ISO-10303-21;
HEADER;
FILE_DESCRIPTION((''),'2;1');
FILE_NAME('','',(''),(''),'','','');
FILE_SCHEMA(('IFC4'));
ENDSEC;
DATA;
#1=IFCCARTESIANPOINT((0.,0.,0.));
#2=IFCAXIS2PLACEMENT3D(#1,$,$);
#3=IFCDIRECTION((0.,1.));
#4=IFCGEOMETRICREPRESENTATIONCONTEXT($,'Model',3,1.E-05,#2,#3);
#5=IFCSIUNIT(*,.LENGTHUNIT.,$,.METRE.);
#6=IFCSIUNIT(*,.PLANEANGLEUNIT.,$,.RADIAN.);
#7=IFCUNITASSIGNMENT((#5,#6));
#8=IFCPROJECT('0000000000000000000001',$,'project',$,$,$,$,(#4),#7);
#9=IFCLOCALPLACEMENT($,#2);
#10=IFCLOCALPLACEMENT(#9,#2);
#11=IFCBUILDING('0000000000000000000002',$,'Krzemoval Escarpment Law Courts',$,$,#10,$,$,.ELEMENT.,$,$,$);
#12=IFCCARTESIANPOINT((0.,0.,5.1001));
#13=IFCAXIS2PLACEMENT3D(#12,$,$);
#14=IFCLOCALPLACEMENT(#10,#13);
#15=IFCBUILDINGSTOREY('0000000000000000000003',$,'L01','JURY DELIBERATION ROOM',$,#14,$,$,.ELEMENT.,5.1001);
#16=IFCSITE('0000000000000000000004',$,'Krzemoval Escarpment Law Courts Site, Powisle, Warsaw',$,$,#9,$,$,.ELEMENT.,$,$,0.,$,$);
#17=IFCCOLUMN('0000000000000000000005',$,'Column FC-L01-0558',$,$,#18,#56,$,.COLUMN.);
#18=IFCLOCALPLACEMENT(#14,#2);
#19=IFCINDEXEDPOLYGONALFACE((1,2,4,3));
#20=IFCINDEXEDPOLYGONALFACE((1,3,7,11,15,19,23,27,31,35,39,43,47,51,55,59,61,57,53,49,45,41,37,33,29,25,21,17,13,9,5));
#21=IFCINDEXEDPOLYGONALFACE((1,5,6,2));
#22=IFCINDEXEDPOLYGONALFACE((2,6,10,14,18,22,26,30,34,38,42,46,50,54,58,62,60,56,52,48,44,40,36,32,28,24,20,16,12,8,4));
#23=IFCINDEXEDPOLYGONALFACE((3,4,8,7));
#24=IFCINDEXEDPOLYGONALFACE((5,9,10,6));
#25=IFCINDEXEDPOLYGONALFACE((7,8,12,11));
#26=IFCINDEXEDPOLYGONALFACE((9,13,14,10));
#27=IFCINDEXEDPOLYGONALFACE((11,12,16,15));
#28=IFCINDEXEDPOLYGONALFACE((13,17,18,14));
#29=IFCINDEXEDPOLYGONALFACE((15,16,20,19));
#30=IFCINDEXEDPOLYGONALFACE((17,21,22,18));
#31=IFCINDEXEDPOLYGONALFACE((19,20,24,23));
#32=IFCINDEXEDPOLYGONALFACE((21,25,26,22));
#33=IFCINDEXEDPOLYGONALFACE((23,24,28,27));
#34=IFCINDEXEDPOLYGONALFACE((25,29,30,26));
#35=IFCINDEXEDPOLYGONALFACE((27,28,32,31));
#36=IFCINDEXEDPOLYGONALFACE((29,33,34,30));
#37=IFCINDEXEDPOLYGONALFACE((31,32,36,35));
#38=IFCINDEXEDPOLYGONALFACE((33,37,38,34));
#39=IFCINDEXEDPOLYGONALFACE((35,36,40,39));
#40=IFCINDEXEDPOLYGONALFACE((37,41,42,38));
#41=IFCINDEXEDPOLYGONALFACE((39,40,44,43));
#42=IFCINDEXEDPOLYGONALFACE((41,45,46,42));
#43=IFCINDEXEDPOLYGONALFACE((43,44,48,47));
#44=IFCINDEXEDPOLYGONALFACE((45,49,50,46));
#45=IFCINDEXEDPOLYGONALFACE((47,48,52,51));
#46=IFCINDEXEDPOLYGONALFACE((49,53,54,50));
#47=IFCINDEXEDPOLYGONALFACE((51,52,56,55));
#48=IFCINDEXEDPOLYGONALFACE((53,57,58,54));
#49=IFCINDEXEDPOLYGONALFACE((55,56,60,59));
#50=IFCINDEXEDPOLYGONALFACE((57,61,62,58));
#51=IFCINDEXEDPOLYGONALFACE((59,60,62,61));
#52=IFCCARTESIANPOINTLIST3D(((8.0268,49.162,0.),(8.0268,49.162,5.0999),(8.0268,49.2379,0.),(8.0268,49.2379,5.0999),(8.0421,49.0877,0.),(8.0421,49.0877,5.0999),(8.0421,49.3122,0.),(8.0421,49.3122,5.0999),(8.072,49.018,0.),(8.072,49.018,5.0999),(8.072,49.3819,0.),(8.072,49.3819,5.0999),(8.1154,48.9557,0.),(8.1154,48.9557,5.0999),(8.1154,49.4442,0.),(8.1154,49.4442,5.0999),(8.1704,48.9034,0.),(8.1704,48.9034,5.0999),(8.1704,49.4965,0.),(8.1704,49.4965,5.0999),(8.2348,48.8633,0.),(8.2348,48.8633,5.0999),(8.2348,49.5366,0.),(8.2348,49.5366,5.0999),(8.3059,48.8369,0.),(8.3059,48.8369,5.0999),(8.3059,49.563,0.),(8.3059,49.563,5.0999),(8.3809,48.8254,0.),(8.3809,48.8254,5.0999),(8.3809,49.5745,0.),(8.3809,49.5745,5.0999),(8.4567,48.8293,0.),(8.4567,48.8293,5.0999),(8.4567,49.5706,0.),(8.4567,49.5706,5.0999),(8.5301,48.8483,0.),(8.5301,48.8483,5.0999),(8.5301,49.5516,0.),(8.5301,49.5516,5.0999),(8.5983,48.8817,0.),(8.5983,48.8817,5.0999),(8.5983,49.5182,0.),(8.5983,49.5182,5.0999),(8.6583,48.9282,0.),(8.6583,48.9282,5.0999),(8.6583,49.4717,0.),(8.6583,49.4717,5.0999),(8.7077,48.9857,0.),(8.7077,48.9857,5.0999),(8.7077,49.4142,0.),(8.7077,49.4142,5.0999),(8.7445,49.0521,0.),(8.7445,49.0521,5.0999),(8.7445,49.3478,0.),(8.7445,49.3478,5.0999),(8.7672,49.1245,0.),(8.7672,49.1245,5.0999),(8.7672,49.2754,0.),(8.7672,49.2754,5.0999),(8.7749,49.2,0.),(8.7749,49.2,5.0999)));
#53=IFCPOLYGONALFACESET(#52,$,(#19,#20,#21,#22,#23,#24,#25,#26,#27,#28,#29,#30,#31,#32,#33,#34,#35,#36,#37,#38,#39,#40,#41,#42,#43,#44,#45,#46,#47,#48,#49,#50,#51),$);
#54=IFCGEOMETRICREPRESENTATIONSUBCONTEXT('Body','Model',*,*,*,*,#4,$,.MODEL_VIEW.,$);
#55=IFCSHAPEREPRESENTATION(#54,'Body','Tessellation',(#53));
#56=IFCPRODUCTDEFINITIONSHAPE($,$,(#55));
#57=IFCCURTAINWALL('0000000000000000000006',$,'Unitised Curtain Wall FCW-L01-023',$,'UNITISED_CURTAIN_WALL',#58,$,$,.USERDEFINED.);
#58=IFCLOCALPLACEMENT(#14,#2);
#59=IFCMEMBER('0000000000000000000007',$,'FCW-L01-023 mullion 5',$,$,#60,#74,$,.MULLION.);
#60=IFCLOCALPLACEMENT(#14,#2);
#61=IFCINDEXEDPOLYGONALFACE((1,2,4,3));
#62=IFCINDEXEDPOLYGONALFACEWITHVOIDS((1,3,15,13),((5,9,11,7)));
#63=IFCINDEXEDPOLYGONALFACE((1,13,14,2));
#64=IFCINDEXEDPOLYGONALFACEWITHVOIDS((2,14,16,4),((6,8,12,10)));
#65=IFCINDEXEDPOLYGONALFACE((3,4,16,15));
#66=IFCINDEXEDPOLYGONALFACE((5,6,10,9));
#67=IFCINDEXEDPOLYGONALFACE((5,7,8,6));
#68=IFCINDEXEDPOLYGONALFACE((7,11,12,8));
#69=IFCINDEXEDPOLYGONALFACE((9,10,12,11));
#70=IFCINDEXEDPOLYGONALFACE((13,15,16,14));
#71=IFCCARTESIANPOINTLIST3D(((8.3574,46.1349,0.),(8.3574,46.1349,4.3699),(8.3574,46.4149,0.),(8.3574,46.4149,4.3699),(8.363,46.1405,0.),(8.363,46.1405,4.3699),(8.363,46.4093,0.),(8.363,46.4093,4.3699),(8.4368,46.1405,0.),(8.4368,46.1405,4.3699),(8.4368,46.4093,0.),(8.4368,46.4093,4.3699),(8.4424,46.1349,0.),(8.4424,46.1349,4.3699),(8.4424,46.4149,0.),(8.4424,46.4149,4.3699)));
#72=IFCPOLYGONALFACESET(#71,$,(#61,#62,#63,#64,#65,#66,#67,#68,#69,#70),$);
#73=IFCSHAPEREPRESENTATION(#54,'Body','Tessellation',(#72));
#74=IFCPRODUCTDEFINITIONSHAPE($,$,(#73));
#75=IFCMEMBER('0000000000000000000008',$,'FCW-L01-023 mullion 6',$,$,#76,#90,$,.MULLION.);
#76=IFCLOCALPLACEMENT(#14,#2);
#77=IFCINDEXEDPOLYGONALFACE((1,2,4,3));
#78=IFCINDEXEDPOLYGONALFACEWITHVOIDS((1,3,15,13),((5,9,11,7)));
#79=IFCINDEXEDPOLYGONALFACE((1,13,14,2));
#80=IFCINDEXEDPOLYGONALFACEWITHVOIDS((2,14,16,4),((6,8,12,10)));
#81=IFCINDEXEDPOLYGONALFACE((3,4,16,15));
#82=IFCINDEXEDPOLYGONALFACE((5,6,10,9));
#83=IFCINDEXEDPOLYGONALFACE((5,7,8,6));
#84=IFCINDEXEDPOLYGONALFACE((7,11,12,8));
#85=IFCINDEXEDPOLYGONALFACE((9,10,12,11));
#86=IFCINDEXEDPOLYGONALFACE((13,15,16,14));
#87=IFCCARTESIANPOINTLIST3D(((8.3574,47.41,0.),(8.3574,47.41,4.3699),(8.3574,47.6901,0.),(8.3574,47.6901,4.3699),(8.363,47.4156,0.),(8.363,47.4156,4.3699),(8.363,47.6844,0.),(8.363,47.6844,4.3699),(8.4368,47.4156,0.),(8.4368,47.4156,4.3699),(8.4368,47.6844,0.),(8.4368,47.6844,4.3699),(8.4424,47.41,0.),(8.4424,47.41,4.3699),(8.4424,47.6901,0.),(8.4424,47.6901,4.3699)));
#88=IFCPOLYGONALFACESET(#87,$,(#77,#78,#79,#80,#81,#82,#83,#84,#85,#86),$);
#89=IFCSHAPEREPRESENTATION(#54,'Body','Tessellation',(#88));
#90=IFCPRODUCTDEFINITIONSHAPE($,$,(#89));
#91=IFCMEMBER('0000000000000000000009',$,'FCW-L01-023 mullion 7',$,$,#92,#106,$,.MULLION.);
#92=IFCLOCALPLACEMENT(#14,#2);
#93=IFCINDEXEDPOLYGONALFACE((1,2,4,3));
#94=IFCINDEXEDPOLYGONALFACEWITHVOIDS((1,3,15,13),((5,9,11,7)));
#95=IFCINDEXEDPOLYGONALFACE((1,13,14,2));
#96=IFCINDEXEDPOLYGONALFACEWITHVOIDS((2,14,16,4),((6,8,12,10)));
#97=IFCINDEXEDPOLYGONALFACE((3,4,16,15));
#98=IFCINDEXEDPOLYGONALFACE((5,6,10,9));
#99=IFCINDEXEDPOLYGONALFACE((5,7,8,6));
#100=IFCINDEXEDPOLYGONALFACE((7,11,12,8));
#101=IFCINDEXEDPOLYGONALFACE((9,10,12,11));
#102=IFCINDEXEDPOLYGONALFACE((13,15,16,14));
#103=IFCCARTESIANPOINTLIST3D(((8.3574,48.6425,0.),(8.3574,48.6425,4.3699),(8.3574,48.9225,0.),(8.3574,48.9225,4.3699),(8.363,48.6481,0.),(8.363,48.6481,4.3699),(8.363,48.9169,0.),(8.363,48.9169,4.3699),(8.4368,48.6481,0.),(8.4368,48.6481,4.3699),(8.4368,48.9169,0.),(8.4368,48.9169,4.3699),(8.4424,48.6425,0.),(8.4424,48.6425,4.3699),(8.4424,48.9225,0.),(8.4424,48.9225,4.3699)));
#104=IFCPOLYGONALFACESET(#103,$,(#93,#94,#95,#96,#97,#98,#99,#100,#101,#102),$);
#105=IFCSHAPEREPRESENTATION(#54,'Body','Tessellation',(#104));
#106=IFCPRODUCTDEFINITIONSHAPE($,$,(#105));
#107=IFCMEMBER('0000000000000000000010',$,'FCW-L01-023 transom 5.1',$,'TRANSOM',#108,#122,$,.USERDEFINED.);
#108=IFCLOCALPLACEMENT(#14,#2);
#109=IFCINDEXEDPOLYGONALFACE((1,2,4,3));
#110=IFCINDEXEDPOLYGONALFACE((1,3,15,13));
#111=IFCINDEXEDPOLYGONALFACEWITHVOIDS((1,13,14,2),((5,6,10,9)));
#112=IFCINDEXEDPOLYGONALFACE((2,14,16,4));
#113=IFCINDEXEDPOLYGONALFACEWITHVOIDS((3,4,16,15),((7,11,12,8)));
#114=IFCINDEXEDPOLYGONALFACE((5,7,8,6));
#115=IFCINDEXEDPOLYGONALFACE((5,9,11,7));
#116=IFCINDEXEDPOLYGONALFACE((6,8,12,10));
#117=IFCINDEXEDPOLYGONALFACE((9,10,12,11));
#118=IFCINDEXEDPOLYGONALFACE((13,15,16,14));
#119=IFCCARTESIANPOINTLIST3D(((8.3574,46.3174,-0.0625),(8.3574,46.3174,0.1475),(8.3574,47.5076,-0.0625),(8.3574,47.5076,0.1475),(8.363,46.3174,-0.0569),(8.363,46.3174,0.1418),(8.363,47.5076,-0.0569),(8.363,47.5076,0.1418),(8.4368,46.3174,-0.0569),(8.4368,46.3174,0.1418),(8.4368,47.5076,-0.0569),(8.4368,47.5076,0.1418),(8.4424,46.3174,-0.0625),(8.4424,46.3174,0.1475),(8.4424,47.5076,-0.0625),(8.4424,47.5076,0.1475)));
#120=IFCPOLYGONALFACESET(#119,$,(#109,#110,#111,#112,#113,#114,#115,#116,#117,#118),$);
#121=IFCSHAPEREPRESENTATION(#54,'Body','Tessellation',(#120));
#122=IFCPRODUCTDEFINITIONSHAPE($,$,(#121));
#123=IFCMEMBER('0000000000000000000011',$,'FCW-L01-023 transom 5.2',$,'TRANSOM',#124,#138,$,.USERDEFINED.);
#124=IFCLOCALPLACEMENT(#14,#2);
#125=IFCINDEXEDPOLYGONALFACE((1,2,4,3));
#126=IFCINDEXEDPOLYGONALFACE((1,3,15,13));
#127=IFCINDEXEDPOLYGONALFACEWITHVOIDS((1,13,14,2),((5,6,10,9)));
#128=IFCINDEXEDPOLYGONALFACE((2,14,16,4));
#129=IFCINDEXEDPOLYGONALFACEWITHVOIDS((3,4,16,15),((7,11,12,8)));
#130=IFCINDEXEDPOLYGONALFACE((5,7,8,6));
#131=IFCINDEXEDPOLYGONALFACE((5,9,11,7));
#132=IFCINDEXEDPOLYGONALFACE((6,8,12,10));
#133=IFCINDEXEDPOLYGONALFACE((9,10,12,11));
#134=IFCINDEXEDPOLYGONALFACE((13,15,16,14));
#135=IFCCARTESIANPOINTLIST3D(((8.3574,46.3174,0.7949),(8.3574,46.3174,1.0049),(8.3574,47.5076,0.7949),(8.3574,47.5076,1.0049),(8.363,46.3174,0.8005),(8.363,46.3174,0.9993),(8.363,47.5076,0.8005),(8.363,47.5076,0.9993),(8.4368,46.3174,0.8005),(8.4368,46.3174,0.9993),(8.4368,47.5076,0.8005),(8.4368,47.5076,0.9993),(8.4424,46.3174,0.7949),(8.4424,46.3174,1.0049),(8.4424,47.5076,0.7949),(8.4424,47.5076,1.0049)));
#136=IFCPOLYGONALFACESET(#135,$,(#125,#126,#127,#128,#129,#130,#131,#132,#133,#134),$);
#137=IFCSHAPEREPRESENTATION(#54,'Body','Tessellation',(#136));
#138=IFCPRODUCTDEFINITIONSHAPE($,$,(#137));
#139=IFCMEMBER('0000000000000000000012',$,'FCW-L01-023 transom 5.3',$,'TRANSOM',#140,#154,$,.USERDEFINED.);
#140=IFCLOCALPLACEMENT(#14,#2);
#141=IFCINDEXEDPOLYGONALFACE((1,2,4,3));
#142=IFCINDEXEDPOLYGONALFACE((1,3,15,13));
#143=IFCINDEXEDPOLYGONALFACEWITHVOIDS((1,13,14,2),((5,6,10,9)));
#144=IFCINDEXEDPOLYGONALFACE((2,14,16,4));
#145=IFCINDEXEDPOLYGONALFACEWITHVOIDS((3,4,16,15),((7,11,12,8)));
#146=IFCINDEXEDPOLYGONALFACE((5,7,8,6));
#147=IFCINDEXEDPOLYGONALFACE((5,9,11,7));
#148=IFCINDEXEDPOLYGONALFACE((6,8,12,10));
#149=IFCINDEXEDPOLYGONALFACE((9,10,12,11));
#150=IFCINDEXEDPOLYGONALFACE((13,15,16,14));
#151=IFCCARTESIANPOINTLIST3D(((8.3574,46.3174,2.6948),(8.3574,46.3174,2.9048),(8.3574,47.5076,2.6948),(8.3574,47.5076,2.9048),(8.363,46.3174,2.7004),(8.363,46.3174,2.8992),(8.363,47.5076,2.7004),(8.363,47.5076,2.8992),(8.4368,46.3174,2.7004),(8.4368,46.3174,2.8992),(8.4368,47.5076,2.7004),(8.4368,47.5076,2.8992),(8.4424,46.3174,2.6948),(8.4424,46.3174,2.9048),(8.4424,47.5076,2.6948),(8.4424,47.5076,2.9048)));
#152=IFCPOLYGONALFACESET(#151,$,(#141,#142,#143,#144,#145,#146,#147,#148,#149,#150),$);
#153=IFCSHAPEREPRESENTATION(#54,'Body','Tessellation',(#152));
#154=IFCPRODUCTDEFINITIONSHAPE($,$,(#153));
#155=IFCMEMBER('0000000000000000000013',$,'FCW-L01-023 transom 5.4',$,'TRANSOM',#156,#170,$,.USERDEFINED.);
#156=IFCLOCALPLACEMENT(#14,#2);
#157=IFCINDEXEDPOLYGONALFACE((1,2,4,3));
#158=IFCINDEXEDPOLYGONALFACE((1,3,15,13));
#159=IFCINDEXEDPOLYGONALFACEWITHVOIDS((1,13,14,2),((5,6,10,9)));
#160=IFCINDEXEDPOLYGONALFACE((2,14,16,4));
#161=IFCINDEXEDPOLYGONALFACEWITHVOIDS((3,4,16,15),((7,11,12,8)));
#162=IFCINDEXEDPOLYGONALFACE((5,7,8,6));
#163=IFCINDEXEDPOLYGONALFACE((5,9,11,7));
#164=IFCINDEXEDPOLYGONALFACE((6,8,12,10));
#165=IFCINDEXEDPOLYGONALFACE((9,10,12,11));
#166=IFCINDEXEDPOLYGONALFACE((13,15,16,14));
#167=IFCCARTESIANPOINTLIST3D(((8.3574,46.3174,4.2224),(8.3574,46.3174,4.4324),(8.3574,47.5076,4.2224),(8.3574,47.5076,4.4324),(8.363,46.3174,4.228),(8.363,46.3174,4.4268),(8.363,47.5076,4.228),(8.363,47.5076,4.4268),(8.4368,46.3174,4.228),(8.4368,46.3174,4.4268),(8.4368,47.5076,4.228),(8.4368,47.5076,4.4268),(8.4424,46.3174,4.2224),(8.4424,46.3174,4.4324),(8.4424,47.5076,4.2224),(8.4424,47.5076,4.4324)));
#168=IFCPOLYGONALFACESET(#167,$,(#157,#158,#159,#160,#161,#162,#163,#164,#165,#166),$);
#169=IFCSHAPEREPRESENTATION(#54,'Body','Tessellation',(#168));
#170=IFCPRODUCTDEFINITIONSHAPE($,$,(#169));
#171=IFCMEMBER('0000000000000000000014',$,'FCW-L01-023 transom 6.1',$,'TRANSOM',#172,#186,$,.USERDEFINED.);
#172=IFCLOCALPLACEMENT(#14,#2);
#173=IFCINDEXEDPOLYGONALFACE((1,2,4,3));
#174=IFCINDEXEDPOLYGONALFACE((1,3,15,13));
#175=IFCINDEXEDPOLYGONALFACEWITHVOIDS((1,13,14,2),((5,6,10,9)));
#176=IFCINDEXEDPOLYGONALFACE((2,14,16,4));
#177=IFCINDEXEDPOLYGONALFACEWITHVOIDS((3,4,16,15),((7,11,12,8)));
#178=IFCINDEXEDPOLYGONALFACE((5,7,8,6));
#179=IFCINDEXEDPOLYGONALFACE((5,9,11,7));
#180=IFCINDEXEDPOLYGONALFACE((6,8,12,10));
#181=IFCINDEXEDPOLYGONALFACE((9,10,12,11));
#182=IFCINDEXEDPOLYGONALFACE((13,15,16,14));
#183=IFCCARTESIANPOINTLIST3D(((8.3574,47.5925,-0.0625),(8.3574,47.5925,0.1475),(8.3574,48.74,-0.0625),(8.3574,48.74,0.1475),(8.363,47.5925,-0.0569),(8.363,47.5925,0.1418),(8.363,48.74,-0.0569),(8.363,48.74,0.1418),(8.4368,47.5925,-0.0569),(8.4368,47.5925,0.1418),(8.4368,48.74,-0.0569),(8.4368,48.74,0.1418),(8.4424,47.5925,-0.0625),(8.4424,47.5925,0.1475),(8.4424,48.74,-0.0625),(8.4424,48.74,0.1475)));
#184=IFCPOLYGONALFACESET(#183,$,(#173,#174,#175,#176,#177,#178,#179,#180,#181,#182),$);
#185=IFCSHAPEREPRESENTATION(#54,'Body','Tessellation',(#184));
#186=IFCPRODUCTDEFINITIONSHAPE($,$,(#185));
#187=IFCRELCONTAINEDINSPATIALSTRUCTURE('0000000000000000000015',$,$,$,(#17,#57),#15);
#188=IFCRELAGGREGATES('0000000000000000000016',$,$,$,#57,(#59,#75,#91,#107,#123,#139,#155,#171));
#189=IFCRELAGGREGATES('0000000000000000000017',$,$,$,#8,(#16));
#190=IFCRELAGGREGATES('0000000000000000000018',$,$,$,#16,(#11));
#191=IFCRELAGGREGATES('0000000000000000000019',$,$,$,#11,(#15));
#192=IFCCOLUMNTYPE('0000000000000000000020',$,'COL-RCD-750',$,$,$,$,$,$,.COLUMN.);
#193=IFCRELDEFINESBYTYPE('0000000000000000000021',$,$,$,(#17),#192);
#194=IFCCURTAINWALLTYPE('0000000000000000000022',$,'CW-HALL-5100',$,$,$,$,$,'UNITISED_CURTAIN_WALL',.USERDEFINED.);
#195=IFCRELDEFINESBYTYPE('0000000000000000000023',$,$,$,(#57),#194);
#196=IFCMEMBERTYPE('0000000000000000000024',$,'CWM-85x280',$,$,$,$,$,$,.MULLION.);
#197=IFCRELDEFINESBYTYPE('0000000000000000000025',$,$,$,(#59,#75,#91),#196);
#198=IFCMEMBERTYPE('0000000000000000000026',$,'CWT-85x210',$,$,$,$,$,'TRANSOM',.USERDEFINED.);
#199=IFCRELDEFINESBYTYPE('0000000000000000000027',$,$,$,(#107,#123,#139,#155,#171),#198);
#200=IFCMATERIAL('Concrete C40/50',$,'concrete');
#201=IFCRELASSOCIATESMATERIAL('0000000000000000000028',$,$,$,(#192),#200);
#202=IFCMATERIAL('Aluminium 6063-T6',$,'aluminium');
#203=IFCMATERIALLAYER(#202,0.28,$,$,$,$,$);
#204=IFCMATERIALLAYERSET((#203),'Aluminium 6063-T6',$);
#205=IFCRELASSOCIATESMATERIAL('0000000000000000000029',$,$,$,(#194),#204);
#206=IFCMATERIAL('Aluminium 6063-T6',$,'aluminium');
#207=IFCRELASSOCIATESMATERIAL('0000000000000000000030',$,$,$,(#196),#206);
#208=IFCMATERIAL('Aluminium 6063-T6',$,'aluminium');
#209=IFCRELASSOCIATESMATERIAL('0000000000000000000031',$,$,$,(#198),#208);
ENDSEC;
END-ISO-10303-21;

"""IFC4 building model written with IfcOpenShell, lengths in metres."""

from ifc_helpers import new_model, si_unit, direction, frame, origin, origin_2d, place, context, subcontext, project, spatial, hollow_rectangle, circle, extrude, material, layer, layer_set, material_profile, profile_set, type_object, element, aggregate, save


model = new_model("IFC4")

# Units and contexts
model_context = context("Model", 3, precision=1e-05, world=origin(), true_north=direction((0.0, 1.0)))
body_context = subcontext(model_context, "Body", "Model", "MODEL_VIEW")
ifc_project = project(units=[si_unit("LENGTHUNIT", "METRE"), si_unit("PLANEANGLEUNIT", "RADIAN")], contexts=[model_context])

# Site, building, storey
site_placement = place(None, origin())
site = spatial("IfcSite", under=ifc_project, at=site_placement, Name="Krzemoval Escarpment Law Courts Site, Powisle, Warsaw", CompositionType="ELEMENT", RefElevation=0.0)
building_placement = place(site_placement, origin())
building = spatial("IfcBuilding", under=site, at=building_placement, Name="Krzemoval Escarpment Law Courts", CompositionType="ELEMENT")
storey_placement = place(building_placement, frame((0.0, 0.0, 5.1001)))
storey = spatial("IfcBuildingStorey", under=building, at=storey_placement, Name="L01", Description="JURY DELIBERATION ROOM", CompositionType="ELEMENT", Elevation=5.1001)

# Column
ifc_material_1 = material(Name="Concrete C40/50", Category="concrete")
ifc_material_profile_1 = material_profile(ifc_material_1, circle(Radius=0.375, at=origin_2d()), Name="RC D750")
ifc_profile_set_1 = profile_set([ifc_material_profile_1], Name="Concrete C40/50")
column_type = type_object("IfcColumnType", Name="COL-RCD-750", PredefinedType="COLUMN", material=ifc_profile_set_1)
column_placement = place(storey_placement, frame((8.3999, 49.2, 0.0), z_axis=(0.0, 0.0, 1.0), x_axis=(1.0, 0.0, 0.0)))
element("IfcColumn", 1, at=column_placement, inside=storey, type_object=column_type, Name="Column FC-L01-0558", PredefinedType="COLUMN", context=body_context, shape_type="SweptSolid", body=[
    extrude(circle(Radius=0.375, at=origin_2d()), origin(), (0.0, 0.0, 1.0), 5.0999),
])

# Curtain wall, members
ifc_material_2 = material(Name="Aluminium 6063-T6", Category="aluminium")
ifc_layer_1 = layer(ifc_material_2, 0.28)
ifc_layer_set_1 = layer_set([ifc_layer_1], Name="Aluminium 6063-T6")
curtain_wall_type = type_object("IfcCurtainWallType", Name="CW-HALL-5100", ElementType="UNITISED_CURTAIN_WALL", PredefinedType="USERDEFINED", material=ifc_layer_set_1)
curtain_wall_placement = place(storey_placement, origin())
curtain_wall = element("IfcCurtainWall", 2, at=curtain_wall_placement, inside=storey, type_object=curtain_wall_type, Name="Unitised Curtain Wall FCW-L01-023", ObjectType="UNITISED_CURTAIN_WALL", PredefinedType="USERDEFINED")
ifc_material_3 = material(Name="Aluminium 6063-T6", Category="aluminium")
ifc_material_profile_2 = material_profile(ifc_material_3, hollow_rectangle(XDim=0.085, YDim=0.28, WallThickness=0.0056, at=origin_2d()), Name="ALU M85x280")
ifc_profile_set_2 = profile_set([ifc_material_profile_2], Name="Aluminium 6063-T6")
member_type_1 = type_object("IfcMemberType", Name="CWM-85x280", PredefinedType="MULLION", material=ifc_profile_set_2)
member_1_placement = place(storey_placement, frame((8.3999, 46.2749, 0.0), z_axis=(0.0, 0.0, 1.0), x_axis=(-1.0, 0.0, 0.0)))
member_1 = element("IfcMember", 3, at=member_1_placement, type_object=member_type_1, Name="FCW-L01-023 mullion 5", PredefinedType="MULLION", context=body_context, shape_type="SweptSolid", body=[
    extrude(hollow_rectangle(XDim=0.085, YDim=0.28, WallThickness=0.0056, at=origin_2d()), origin(), (0.0, 0.0, 1.0), 4.3699),
])
member_2_placement = place(storey_placement, frame((8.3999, 47.55, 0.0), z_axis=(0.0, 0.0, 1.0), x_axis=(-1.0, 0.0, 0.0)))
member_2 = element("IfcMember", 4, at=member_2_placement, type_object=member_type_1, Name="FCW-L01-023 mullion 6", PredefinedType="MULLION", context=body_context, shape_type="SweptSolid", body=[
    extrude(hollow_rectangle(XDim=0.085, YDim=0.28, WallThickness=0.0056, at=origin_2d()), origin(), (0.0, 0.0, 1.0), 4.3699),
])
member_3_placement = place(storey_placement, frame((8.3999, 48.7825, 0.0), z_axis=(0.0, 0.0, 1.0), x_axis=(-1.0, 0.0, 0.0)))
member_3 = element("IfcMember", 5, at=member_3_placement, type_object=member_type_1, Name="FCW-L01-023 mullion 7", PredefinedType="MULLION", context=body_context, shape_type="SweptSolid", body=[
    extrude(hollow_rectangle(XDim=0.085, YDim=0.28, WallThickness=0.0056, at=origin_2d()), origin(), (0.0, 0.0, 1.0), 4.3699),
])
ifc_material_4 = material(Name="Aluminium 6063-T6", Category="aluminium")
ifc_material_profile_3 = material_profile(ifc_material_4, hollow_rectangle(XDim=0.085, YDim=0.21, WallThickness=0.0056, at=origin_2d()), Name="ALU T85x210")
ifc_profile_set_3 = profile_set([ifc_material_profile_3], Name="Aluminium 6063-T6")
member_type_2 = type_object("IfcMemberType", Name="CWT-85x210", ElementType="TRANSOM", PredefinedType="USERDEFINED", material=ifc_profile_set_3)
member_4_placement = place(storey_placement, frame((8.3999, 46.3174, 0.0425), z_axis=(0.0, 1.0, 0.0), x_axis=(-1.0, 0.0, 0.0)))
member_4 = element("IfcMember", 6, at=member_4_placement, type_object=member_type_2, Name="FCW-L01-023 transom 5.1", ObjectType="TRANSOM", PredefinedType="USERDEFINED", context=body_context, shape_type="SweptSolid", body=[
    extrude(hollow_rectangle(XDim=0.085, YDim=0.21, WallThickness=0.0056, at=origin_2d()), origin(), (0.0, 0.0, 1.0), 1.1902),
])
member_5_placement = place(storey_placement, frame((8.3999, 46.3174, 0.8999), z_axis=(0.0, 1.0, 0.0), x_axis=(-1.0, 0.0, 0.0)))
member_5 = element("IfcMember", 7, at=member_5_placement, type_object=member_type_2, Name="FCW-L01-023 transom 5.2", ObjectType="TRANSOM", PredefinedType="USERDEFINED", context=body_context, shape_type="SweptSolid", body=[
    extrude(hollow_rectangle(XDim=0.085, YDim=0.21, WallThickness=0.0056, at=origin_2d()), origin(), (0.0, 0.0, 1.0), 1.1902),
])
member_6_placement = place(storey_placement, frame((8.3999, 46.3174, 2.7998), z_axis=(0.0, 1.0, 0.0), x_axis=(-1.0, 0.0, 0.0)))
member_6 = element("IfcMember", 8, at=member_6_placement, type_object=member_type_2, Name="FCW-L01-023 transom 5.3", ObjectType="TRANSOM", PredefinedType="USERDEFINED", context=body_context, shape_type="SweptSolid", body=[
    extrude(hollow_rectangle(XDim=0.085, YDim=0.21, WallThickness=0.0056, at=origin_2d()), origin(), (0.0, 0.0, 1.0), 1.1902),
])
member_7_placement = place(storey_placement, frame((8.3999, 46.3174, 4.3274), z_axis=(0.0, 1.0, 0.0), x_axis=(-1.0, 0.0, 0.0)))
member_7 = element("IfcMember", 9, at=member_7_placement, type_object=member_type_2, Name="FCW-L01-023 transom 5.4", ObjectType="TRANSOM", PredefinedType="USERDEFINED", context=body_context, shape_type="SweptSolid", body=[
    extrude(hollow_rectangle(XDim=0.085, YDim=0.21, WallThickness=0.0056, at=origin_2d()), origin(), (0.0, 0.0, 1.0), 1.1902),
])
member_8_placement = place(storey_placement, frame((8.3999, 47.5925, 0.0425), z_axis=(0.0, 1.0, 0.0), x_axis=(-1.0, 0.0, 0.0)))
member_8 = element("IfcMember", 10, at=member_8_placement, type_object=member_type_2, Name="FCW-L01-023 transom 6.1", ObjectType="TRANSOM", PredefinedType="USERDEFINED", context=body_context, shape_type="SweptSolid", body=[
    extrude(hollow_rectangle(XDim=0.085, YDim=0.21, WallThickness=0.0056, at=origin_2d()), origin(), (0.0, 0.0, 1.0), 1.1475),
])

aggregate(curtain_wall, [member_1, member_2, member_3, member_4, member_5, member_6, member_7, member_8])

save(model, "model.ifc")
